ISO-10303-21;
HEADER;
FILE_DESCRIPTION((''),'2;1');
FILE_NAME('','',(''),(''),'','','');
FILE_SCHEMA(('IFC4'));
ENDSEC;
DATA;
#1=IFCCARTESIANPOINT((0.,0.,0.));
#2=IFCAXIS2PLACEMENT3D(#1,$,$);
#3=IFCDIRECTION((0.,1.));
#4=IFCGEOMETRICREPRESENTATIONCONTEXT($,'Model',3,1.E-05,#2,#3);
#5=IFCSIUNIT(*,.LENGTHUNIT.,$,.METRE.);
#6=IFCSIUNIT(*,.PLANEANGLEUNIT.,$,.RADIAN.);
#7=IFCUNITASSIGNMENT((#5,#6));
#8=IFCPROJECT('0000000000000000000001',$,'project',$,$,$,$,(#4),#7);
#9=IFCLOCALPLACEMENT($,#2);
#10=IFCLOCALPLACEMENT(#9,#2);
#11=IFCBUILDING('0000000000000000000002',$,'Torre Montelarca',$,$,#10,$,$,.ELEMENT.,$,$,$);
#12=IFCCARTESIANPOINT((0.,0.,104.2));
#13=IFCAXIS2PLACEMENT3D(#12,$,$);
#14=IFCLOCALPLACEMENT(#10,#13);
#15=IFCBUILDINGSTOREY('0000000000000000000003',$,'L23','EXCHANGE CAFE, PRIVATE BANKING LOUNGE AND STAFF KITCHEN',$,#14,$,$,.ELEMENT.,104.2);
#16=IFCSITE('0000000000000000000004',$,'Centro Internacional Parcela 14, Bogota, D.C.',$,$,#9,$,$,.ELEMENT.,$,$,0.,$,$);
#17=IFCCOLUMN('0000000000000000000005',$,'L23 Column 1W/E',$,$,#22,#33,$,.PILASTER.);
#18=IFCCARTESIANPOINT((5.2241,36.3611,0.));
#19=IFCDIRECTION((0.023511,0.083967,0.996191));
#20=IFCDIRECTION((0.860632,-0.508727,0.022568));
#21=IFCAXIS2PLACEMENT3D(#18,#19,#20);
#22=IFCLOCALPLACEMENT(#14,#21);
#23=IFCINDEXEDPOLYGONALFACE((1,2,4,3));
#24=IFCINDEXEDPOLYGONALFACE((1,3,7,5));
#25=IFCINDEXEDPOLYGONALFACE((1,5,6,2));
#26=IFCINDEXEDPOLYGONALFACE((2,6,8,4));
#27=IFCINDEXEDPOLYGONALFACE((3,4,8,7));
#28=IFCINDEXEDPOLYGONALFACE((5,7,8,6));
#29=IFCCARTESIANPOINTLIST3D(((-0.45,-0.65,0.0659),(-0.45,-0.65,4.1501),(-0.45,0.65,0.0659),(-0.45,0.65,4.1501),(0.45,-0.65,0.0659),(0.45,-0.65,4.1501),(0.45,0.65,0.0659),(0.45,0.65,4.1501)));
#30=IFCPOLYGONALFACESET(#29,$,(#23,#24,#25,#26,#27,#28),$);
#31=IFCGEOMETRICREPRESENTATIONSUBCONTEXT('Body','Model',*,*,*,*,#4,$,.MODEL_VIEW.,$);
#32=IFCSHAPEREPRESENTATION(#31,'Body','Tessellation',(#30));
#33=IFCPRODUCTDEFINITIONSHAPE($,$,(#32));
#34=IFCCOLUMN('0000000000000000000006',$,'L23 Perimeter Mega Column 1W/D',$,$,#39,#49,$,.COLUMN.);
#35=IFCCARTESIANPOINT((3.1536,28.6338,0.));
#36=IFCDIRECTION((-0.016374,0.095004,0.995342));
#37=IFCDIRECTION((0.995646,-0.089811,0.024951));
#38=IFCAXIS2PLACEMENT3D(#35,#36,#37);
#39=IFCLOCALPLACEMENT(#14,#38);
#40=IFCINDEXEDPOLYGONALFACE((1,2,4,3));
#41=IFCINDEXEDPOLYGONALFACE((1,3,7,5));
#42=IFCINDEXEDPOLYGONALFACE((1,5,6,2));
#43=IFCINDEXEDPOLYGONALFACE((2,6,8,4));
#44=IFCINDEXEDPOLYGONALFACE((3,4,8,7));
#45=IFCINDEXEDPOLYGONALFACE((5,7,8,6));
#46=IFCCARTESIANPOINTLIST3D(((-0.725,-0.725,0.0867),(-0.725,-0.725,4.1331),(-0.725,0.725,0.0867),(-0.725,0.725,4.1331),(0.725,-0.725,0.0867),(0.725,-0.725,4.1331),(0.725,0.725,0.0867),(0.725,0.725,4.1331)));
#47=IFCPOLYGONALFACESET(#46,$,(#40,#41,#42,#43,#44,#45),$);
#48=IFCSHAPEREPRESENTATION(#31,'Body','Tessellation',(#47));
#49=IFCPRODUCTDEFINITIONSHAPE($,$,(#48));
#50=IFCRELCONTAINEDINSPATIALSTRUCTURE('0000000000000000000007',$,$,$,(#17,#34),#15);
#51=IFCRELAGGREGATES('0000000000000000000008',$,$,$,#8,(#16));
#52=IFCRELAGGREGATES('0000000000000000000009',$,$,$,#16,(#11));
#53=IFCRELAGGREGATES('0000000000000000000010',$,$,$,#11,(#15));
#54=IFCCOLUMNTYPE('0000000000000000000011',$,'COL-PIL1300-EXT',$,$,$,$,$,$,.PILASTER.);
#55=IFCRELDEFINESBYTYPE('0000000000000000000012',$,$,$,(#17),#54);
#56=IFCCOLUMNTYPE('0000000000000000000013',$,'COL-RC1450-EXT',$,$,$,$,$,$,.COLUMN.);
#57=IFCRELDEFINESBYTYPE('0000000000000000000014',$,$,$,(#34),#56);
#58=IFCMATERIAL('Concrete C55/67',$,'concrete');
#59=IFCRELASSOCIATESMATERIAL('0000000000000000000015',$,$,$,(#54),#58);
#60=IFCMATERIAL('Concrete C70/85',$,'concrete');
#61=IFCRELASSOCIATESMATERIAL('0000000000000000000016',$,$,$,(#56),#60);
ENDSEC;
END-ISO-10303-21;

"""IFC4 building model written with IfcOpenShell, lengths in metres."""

from ifc_helpers import new_model, si_unit, direction, frame, origin, origin_2d, place, context, subcontext, project, spatial, rectangle, extrude, clip, halfspace, material, material_profile, profile_set, type_object, element, save


model = new_model("IFC4")

# Units and contexts
model_context = context("Model", 3, precision=1e-05, world=origin(), true_north=direction((0.0, 1.0)))
body_context = subcontext(model_context, "Body", "Model", "MODEL_VIEW")
ifc_project = project(units=[si_unit("LENGTHUNIT", "METRE"), si_unit("PLANEANGLEUNIT", "RADIAN")], contexts=[model_context])

# Site, building, storey
site_placement = place(None, origin())
site = spatial("IfcSite", under=ifc_project, at=site_placement, Name="Centro Internacional Parcela 14, Bogota, D.C.", CompositionType="ELEMENT", RefElevation=0.0)
building_placement = place(site_placement, origin())
building = spatial("IfcBuilding", under=site, at=building_placement, Name="Torre Montelarca", CompositionType="ELEMENT")
storey_placement = place(building_placement, frame((0.0, 0.0, 104.2)))
storey = spatial("IfcBuildingStorey", under=building, at=storey_placement, Name="L23", Description="EXCHANGE CAFE, PRIVATE BANKING LOUNGE AND STAFF KITCHEN", CompositionType="ELEMENT", Elevation=104.2)

# Columns
ifc_material_1 = material(Name="Concrete C55/67", Category="concrete")
ifc_material_profile_1 = material_profile(ifc_material_1, rectangle(XDim=0.8999, YDim=1.3, at=origin_2d()), Name="RC1300X900", Category="concrete")
ifc_profile_set_1 = profile_set([ifc_material_profile_1], Name="Concrete C55/67")
column_type_1 = type_object("IfcColumnType", Name="COL-PIL1300-EXT", PredefinedType="PILASTER", material=ifc_profile_set_1)
column_1_placement = place(storey_placement, frame((5.2241, 36.3611, 0.0), z_axis=(0.023511, 0.083967, 0.996191), x_axis=(0.860632, -0.508727, 0.022568)))
element("IfcColumn", 1, at=column_1_placement, inside=storey, type_object=column_type_1, Name="L23 Column 1W/E", PredefinedType="PILASTER", context=body_context, shape_type="Clipping", body=[
    clip(clip(extrude(rectangle(XDim=0.8999, YDim=1.3, at=origin_2d()), origin(), (0.0, 0.0, 1.0), 4.2161), halfspace(frame((0.0, 0.0, 0.0659), z_axis=(0.0, 0.0, -1.0), x_axis=(1.0, 0.0, 0.0)), False)), halfspace(frame((0.0, 0.0, 4.1501), z_axis=(0.0, 0.0, 1.0), x_axis=(1.0, 0.0, 0.0)), False)),
])
ifc_material_2 = material(Name="Concrete C70/85", Category="concrete")
ifc_material_profile_2 = material_profile(ifc_material_2, rectangle(XDim=1.45, YDim=1.45, at=origin_2d()), Name="RC1450X1450", Category="concrete")
ifc_profile_set_2 = profile_set([ifc_material_profile_2], Name="Concrete C70/85")
column_type_2 = type_object("IfcColumnType", Name="COL-RC1450-EXT", PredefinedType="COLUMN", material=ifc_profile_set_2)
column_2_placement = place(storey_placement, frame((3.1536, 28.6338, 0.0), z_axis=(-0.016374, 0.095004, 0.995342), x_axis=(0.995646, -0.089811, 0.024951)))
element("IfcColumn", 2, at=column_2_placement, inside=storey, type_object=column_type_2, Name="L23 Perimeter Mega Column 1W/D", PredefinedType="COLUMN", context=body_context, shape_type="Clipping", body=[
    clip(clip(extrude(rectangle(XDim=1.45, YDim=1.45, at=origin_2d()), origin(), (0.0, 0.0, 1.0), 4.2197), halfspace(frame((0.0, 0.0, 0.0867), z_axis=(0.0, 0.0, -1.0), x_axis=(1.0, 0.0, 0.0)), False)), halfspace(frame((0.0, 0.0, 4.1331), z_axis=(0.0, 0.0, 1.0), x_axis=(1.0, 0.0, 0.0)), False)),
])

save(model, "model.ifc")
